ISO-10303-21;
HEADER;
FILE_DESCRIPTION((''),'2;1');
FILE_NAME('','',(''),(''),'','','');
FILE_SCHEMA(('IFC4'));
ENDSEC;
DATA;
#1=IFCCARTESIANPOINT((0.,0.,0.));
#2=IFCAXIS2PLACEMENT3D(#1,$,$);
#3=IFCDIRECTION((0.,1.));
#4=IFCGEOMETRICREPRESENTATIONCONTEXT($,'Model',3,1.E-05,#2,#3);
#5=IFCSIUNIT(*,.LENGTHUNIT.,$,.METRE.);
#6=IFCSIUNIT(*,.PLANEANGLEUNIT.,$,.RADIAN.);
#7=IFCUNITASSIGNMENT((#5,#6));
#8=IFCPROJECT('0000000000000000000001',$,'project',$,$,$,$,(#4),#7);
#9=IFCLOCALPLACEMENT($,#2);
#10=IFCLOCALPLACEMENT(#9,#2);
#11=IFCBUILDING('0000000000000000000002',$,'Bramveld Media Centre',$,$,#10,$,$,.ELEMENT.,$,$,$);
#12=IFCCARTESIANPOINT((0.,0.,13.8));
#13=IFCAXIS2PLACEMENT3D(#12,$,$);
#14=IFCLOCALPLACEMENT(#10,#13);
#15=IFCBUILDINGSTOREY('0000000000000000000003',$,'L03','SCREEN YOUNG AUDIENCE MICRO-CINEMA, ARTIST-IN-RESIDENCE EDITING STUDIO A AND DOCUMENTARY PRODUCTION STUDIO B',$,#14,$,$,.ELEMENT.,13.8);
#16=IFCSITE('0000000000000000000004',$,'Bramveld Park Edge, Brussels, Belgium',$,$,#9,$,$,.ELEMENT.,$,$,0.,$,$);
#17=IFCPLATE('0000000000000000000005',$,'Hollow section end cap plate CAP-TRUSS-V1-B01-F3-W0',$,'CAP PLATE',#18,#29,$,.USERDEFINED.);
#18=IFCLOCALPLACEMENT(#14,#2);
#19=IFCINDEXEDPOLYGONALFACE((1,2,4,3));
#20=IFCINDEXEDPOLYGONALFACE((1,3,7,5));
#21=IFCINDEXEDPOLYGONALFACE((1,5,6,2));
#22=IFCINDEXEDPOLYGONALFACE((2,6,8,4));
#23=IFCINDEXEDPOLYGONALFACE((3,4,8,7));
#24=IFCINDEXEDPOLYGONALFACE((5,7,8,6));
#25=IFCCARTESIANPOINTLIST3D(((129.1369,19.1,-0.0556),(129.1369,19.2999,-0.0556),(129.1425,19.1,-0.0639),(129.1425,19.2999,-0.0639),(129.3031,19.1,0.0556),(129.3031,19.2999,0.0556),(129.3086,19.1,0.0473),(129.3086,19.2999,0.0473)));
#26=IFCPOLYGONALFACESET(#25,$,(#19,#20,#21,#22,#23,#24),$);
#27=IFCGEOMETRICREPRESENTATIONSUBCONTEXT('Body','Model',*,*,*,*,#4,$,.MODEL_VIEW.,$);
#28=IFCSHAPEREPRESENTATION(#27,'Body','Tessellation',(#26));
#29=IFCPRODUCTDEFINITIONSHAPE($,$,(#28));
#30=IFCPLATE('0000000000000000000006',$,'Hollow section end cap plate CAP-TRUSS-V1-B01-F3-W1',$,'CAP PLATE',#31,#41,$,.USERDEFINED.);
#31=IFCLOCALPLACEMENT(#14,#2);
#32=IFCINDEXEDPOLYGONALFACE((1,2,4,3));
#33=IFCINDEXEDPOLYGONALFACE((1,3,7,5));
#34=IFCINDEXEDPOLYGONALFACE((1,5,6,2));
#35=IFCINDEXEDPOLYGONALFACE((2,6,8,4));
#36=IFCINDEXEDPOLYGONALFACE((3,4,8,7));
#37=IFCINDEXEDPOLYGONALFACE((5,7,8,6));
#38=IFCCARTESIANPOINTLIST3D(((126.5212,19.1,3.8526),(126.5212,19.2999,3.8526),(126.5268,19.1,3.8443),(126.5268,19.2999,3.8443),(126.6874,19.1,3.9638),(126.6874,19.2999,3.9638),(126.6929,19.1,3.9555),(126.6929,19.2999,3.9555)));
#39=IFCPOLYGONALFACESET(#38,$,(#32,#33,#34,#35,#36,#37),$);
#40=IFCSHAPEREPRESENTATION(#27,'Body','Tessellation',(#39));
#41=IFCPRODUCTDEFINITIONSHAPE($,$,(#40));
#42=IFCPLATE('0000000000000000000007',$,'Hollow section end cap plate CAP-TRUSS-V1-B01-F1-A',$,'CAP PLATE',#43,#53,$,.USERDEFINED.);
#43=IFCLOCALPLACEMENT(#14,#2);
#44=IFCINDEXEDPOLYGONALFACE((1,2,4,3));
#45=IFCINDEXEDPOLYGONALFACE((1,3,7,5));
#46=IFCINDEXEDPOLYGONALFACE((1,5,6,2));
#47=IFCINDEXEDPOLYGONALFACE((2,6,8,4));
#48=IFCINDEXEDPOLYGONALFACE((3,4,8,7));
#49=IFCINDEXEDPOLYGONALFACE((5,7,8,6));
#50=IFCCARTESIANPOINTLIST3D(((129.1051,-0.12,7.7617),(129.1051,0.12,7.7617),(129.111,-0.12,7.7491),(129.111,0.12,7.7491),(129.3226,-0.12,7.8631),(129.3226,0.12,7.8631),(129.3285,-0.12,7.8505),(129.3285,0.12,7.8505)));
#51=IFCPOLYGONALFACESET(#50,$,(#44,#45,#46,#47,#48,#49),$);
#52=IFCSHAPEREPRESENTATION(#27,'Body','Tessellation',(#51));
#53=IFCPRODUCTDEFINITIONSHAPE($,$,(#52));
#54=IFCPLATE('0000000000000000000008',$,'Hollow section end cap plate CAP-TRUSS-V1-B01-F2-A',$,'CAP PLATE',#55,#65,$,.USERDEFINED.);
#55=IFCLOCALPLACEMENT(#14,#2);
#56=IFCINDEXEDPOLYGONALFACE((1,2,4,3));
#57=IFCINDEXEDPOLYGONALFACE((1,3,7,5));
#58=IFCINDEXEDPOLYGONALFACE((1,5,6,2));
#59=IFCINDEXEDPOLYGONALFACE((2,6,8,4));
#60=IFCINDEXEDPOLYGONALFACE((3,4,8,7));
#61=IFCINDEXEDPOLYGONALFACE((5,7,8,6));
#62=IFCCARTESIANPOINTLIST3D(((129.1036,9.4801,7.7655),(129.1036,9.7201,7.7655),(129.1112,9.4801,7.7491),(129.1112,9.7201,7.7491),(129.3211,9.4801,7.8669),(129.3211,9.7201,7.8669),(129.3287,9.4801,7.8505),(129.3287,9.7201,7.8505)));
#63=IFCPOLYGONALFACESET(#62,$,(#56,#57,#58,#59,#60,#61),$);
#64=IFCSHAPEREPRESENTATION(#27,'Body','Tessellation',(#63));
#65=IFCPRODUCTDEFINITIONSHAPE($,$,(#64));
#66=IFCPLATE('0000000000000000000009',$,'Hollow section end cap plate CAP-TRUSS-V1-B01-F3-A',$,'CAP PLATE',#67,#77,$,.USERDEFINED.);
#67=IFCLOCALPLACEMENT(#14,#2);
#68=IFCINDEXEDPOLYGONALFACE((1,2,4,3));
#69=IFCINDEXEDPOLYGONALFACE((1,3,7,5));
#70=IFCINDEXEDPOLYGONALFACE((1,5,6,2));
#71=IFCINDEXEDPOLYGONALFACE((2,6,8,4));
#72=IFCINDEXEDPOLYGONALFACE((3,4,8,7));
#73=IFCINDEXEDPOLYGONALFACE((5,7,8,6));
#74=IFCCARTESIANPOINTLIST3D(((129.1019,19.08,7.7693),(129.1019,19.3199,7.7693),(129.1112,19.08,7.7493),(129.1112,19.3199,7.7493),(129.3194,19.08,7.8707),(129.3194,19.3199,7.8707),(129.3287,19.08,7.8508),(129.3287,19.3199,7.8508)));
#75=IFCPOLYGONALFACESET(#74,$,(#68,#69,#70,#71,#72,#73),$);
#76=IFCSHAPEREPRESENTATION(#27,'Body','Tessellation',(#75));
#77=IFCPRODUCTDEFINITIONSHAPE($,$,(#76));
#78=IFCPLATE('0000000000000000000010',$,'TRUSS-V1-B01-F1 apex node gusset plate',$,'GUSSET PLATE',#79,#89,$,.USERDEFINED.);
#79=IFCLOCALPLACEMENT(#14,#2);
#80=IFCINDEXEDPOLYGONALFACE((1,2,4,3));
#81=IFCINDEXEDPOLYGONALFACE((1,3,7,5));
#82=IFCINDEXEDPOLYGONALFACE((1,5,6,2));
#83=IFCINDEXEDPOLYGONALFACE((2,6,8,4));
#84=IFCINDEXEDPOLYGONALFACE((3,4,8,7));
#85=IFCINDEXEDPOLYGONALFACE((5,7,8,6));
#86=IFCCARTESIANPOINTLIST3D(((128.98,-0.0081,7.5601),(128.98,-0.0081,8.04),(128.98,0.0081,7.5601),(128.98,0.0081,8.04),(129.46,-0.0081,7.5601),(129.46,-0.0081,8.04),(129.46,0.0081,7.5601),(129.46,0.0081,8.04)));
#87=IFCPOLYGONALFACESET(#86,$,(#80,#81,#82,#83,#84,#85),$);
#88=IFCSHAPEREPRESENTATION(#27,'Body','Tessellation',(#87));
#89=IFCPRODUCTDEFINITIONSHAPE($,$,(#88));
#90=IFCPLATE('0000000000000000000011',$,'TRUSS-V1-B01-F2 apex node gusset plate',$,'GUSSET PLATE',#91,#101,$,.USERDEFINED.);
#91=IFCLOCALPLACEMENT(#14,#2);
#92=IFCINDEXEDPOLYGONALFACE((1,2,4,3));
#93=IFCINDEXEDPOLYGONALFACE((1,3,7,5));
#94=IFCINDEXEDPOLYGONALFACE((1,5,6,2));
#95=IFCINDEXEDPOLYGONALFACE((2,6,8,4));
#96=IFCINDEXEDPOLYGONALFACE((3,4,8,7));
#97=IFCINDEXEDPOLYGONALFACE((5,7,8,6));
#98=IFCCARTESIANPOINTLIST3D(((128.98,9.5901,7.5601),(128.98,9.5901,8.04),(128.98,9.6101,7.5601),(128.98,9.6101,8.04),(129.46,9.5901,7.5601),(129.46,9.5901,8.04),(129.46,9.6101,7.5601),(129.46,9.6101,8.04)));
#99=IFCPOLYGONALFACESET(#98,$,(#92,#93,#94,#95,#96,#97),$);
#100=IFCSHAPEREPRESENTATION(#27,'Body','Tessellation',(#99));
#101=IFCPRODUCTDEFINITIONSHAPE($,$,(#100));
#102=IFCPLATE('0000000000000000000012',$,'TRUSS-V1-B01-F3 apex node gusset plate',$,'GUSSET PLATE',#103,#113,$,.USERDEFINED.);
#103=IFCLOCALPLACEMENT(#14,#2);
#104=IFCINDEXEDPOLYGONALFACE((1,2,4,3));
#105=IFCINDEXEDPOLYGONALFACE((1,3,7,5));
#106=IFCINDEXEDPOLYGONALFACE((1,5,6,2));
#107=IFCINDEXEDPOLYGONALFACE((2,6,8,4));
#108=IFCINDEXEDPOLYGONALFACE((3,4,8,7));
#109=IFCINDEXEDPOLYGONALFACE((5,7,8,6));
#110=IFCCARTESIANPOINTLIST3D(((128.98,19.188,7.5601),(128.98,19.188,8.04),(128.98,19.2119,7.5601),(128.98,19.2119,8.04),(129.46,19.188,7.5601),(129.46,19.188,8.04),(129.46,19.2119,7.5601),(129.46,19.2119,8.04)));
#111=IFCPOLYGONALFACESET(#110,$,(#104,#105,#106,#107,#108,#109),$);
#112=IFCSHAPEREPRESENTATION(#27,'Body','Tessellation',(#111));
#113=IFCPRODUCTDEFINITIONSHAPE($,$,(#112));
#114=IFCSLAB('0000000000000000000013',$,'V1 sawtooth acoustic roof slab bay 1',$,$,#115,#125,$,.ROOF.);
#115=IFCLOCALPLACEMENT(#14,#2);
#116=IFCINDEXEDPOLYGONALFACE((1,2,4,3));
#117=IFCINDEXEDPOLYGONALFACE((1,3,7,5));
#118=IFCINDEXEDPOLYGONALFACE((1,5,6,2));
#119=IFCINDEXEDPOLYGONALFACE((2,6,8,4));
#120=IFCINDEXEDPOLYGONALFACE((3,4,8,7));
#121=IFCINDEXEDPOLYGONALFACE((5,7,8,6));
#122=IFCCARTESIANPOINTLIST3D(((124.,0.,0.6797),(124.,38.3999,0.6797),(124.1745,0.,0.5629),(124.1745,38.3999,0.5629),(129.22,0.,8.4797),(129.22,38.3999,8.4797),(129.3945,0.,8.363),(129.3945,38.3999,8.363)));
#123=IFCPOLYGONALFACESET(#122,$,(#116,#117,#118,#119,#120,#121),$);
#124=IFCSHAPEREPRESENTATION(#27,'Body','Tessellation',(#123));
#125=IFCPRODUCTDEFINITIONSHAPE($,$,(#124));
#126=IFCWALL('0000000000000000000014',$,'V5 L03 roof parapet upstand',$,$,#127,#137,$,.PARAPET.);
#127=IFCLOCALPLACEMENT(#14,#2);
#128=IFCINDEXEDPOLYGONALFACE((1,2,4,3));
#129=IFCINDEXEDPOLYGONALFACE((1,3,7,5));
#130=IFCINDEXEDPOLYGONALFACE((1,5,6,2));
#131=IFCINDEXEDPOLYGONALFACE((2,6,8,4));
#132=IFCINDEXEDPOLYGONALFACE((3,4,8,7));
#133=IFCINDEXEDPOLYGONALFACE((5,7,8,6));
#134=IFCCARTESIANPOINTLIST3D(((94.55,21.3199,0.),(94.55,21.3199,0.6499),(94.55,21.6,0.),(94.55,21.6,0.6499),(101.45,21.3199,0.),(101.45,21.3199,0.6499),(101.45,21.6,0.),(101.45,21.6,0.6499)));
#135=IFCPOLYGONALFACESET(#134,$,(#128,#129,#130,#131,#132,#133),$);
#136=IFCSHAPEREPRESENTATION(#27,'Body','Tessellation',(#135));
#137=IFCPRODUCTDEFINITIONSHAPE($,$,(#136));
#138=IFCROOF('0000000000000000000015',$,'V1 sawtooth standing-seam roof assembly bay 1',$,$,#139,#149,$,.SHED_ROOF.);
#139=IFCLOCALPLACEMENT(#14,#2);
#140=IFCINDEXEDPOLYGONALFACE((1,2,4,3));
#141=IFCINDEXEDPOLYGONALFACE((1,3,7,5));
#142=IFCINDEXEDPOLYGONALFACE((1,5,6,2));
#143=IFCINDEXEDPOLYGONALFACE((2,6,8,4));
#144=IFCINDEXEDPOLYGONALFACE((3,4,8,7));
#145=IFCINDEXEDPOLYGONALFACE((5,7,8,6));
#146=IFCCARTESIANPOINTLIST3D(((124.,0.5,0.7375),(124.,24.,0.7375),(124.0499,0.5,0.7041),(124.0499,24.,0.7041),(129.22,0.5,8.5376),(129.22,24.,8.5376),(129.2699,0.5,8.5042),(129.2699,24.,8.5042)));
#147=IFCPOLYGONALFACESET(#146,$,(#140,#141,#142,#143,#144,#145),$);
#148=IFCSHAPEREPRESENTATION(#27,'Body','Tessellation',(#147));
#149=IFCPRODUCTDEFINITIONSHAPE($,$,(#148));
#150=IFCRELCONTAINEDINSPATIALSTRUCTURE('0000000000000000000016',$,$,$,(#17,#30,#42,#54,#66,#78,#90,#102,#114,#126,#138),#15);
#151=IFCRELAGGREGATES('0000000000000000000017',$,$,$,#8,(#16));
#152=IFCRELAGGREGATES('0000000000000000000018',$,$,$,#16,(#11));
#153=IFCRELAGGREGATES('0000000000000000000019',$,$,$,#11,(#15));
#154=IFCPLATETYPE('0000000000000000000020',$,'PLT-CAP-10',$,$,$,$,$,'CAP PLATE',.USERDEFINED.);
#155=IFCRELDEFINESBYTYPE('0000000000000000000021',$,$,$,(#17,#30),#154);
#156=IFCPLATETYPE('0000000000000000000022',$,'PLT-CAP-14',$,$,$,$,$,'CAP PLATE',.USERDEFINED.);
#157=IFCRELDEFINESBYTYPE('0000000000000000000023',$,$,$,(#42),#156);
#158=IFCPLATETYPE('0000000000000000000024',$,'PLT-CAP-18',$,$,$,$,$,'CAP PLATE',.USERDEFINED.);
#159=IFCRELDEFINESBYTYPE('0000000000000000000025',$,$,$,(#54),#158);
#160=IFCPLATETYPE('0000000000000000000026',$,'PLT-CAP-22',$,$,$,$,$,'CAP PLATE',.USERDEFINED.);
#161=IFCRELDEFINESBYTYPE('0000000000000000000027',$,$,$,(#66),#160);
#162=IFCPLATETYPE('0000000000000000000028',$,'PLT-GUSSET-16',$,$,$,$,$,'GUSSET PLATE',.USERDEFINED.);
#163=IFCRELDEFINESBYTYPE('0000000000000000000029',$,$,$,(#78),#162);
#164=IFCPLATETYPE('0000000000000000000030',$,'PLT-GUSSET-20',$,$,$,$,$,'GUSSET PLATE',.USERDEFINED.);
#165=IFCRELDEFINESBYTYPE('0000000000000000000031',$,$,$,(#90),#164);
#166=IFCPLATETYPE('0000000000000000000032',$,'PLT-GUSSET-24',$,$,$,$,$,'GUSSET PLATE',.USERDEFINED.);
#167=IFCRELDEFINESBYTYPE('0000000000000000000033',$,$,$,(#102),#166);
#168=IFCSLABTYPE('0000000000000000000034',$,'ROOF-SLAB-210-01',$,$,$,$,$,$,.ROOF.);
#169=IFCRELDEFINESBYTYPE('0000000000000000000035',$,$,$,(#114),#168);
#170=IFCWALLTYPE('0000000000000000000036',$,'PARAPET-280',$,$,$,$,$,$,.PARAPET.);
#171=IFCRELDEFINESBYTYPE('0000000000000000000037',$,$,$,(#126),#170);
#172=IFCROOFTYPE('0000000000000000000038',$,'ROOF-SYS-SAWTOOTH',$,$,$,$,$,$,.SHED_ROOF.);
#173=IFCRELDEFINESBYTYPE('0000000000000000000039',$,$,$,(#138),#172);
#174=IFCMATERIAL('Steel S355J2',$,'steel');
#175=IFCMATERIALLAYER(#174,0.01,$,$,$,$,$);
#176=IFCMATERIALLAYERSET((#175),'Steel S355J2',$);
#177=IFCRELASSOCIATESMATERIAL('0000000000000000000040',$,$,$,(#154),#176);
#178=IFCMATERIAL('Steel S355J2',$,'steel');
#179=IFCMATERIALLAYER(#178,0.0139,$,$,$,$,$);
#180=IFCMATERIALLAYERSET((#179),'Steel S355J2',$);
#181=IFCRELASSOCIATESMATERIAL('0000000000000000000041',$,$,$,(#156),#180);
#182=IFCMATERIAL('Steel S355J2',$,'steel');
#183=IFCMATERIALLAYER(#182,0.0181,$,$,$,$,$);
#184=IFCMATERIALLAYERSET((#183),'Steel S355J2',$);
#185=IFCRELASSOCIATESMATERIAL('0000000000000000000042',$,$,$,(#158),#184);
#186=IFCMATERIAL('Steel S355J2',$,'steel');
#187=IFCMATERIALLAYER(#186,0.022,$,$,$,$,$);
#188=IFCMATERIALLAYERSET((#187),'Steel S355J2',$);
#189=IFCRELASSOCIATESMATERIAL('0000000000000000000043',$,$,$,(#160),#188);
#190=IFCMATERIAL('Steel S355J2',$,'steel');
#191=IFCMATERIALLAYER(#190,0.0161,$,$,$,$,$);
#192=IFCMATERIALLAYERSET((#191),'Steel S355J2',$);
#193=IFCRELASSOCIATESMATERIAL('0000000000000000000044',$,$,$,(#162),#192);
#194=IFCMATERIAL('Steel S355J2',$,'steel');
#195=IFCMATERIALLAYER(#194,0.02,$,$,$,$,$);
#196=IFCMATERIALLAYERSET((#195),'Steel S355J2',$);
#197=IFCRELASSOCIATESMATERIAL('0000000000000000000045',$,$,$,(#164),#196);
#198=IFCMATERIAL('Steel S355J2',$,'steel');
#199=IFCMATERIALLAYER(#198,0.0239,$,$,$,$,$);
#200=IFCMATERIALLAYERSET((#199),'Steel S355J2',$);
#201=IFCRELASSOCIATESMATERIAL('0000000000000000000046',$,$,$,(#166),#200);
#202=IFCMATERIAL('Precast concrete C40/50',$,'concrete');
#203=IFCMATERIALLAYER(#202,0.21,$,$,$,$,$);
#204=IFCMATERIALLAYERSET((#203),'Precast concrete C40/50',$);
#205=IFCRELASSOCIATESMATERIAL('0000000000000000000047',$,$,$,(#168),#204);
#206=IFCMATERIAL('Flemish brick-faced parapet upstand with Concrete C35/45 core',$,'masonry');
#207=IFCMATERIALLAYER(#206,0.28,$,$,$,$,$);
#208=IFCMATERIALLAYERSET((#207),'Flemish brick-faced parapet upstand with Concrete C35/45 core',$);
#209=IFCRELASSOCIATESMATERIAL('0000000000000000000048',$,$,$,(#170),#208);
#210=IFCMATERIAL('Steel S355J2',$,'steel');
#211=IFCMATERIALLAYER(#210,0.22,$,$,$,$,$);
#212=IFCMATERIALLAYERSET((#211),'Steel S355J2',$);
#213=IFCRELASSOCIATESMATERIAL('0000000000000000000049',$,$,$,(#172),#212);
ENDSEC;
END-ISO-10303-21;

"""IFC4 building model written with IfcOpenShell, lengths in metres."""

from ifc_helpers import new_model, si_unit, direction, frame, frame_2d, origin, origin_2d, place, context, subcontext, project, spatial, polyline, rectangle, outline, extrude, material, layer, layer_set, type_object, element, save


model = new_model("IFC4")

# Units and contexts
model_context = context("Model", 3, precision=1e-05, world=origin(), true_north=direction((0.0, 1.0)))
body_context = subcontext(model_context, "Body", "Model", "MODEL_VIEW")
ifc_project = project(units=[si_unit("LENGTHUNIT", "METRE"), si_unit("PLANEANGLEUNIT", "RADIAN")], contexts=[model_context])

# Site, building, storey
site_placement = place(None, origin())
site = spatial("IfcSite", under=ifc_project, at=site_placement, Name="Bramveld Park Edge, Brussels, Belgium", CompositionType="ELEMENT", RefElevation=0.0)
building_placement = place(site_placement, origin())
building = spatial("IfcBuilding", under=site, at=building_placement, Name="Bramveld Media Centre", CompositionType="ELEMENT")
storey_placement = place(building_placement, frame((0.0, 0.0, 13.8)))
storey = spatial("IfcBuildingStorey", under=building, at=storey_placement, Name="L03", Description="SCREEN YOUNG AUDIENCE MICRO-CINEMA, ARTIST-IN-RESIDENCE EDITING STUDIO A AND DOCUMENTARY PRODUCTION STUDIO B", CompositionType="ELEMENT", Elevation=13.8)

# Plates
ifc_material_1 = material(Name="Steel S355J2", Category="steel")
ifc_layer_1 = layer(ifc_material_1, 0.01)
ifc_layer_set_1 = layer_set([ifc_layer_1], Name="Steel S355J2")
plate_type_1 = type_object("IfcPlateType", Name="PLT-CAP-10", ElementType="CAP PLATE", PredefinedType="USERDEFINED", material=ifc_layer_set_1)
for number, where, z_axis, x_axis, name in (
    (1, (129.22, 19.2, 0.0), (0.556175, 0.0, -0.831065), (0.0, 1.0, 0.0), "Hollow section end cap plate CAP-TRUSS-V1-B01-F3-W0"),
    (2, (126.6099, 19.2, 3.8999), (-0.556175, 0.0, 0.831065), (0.0, -1.0, 0.0), "Hollow section end cap plate CAP-TRUSS-V1-B01-F3-W1"),
):
    element("IfcPlate", number, at=place(storey_placement, frame(where, z_axis=z_axis, x_axis=x_axis)), inside=storey, type_object=plate_type_1, Name=name, ObjectType="CAP PLATE", PredefinedType="USERDEFINED", context=body_context, shape_type="SweptSolid", body=[
        extrude(rectangle(XDim=0.2, YDim=0.2, at=origin_2d()), origin(), (0.0, 0.0, 1.0), 0.01),
    ])
ifc_material_2 = material(Name="Steel S355J2", Category="steel")
ifc_layer_2 = layer(ifc_material_2, 0.0139)
ifc_layer_set_2 = layer_set([ifc_layer_2], Name="Steel S355J2")
plate_type_2 = type_object("IfcPlateType", Name="PLT-CAP-14", ElementType="CAP PLATE", PredefinedType="USERDEFINED", material=ifc_layer_set_2)
plate_1_placement = place(storey_placement, frame((129.2197, 0.0, 7.7998), z_axis=(-0.422618, 0.0, 0.906308), x_axis=(0.0, -1.0, 0.0)))
element("IfcPlate", 3, at=plate_1_placement, inside=storey, type_object=plate_type_2, Name="Hollow section end cap plate CAP-TRUSS-V1-B01-F1-A", ObjectType="CAP PLATE", PredefinedType="USERDEFINED", context=body_context, shape_type="SweptSolid", body=[
    extrude(rectangle(XDim=0.24, YDim=0.24, at=origin_2d()), origin(), (0.0, 0.0, 1.0), 0.0139),
])
ifc_material_3 = material(Name="Steel S355J2", Category="steel")
ifc_layer_3 = layer(ifc_material_3, 0.0181)
ifc_layer_set_3 = layer_set([ifc_layer_3], Name="Steel S355J2")
plate_type_3 = type_object("IfcPlateType", Name="PLT-CAP-18", ElementType="CAP PLATE", PredefinedType="USERDEFINED", material=ifc_layer_set_3)
plate_2_placement = place(storey_placement, frame((129.22, 9.6001, 7.7998), z_axis=(-0.422618, 0.0, 0.906308), x_axis=(0.0, -1.0, 0.0)))
element("IfcPlate", 4, at=plate_2_placement, inside=storey, type_object=plate_type_3, Name="Hollow section end cap plate CAP-TRUSS-V1-B01-F2-A", ObjectType="CAP PLATE", PredefinedType="USERDEFINED", context=body_context, shape_type="SweptSolid", body=[
    extrude(rectangle(XDim=0.24, YDim=0.24, at=origin_2d()), origin(), (0.0, 0.0, 1.0), 0.0181),
])
ifc_material_4 = material(Name="Steel S355J2", Category="steel")
ifc_layer_4 = layer(ifc_material_4, 0.022)
ifc_layer_set_4 = layer_set([ifc_layer_4], Name="Steel S355J2")
plate_type_4 = type_object("IfcPlateType", Name="PLT-CAP-22", ElementType="CAP PLATE", PredefinedType="USERDEFINED", material=ifc_layer_set_4)
plate_3_placement = place(storey_placement, frame((129.22, 19.2, 7.8), z_axis=(-0.422618, 0.0, 0.906308), x_axis=(0.0, -1.0, 0.0)))
element("IfcPlate", 5, at=plate_3_placement, inside=storey, type_object=plate_type_4, Name="Hollow section end cap plate CAP-TRUSS-V1-B01-F3-A", ObjectType="CAP PLATE", PredefinedType="USERDEFINED", context=body_context, shape_type="SweptSolid", body=[
    extrude(rectangle(XDim=0.24, YDim=0.24, at=origin_2d()), origin(), (0.0, 0.0, 1.0), 0.022),
])
ifc_material_5 = material(Name="Steel S355J2", Category="steel")
ifc_layer_5 = layer(ifc_material_5, 0.0161)
ifc_layer_set_5 = layer_set([ifc_layer_5], Name="Steel S355J2")
plate_type_5 = type_object("IfcPlateType", Name="PLT-GUSSET-16", ElementType="GUSSET PLATE", PredefinedType="USERDEFINED", material=ifc_layer_set_5)
plate_4_placement = place(storey_placement, frame((129.22, 0.0, 7.5601), z_axis=(0.0, 0.0, 1.0), x_axis=(1.0, 0.0, 0.0)))
element("IfcPlate", 6, at=plate_4_placement, inside=storey, type_object=plate_type_5, Name="TRUSS-V1-B01-F1 apex node gusset plate", ObjectType="GUSSET PLATE", PredefinedType="USERDEFINED", context=body_context, shape_type="SweptSolid", body=[
    extrude(rectangle(XDim=0.48, YDim=0.0161, at=origin_2d()), origin(), (0.0, 0.0, 1.0), 0.48),
])
ifc_material_6 = material(Name="Steel S355J2", Category="steel")
ifc_layer_6 = layer(ifc_material_6, 0.02)
ifc_layer_set_6 = layer_set([ifc_layer_6], Name="Steel S355J2")
plate_type_6 = type_object("IfcPlateType", Name="PLT-GUSSET-20", ElementType="GUSSET PLATE", PredefinedType="USERDEFINED", material=ifc_layer_set_6)
plate_5_placement = place(storey_placement, frame((129.22, 9.6001, 7.5601), z_axis=(0.0, 0.0, 1.0), x_axis=(1.0, 0.0, 0.0)))
element("IfcPlate", 7, at=plate_5_placement, inside=storey, type_object=plate_type_6, Name="TRUSS-V1-B01-F2 apex node gusset plate", ObjectType="GUSSET PLATE", PredefinedType="USERDEFINED", context=body_context, shape_type="SweptSolid", body=[
    extrude(rectangle(XDim=0.48, YDim=0.02, at=origin_2d()), origin(), (0.0, 0.0, 1.0), 0.48),
])
ifc_material_7 = material(Name="Steel S355J2", Category="steel")
ifc_layer_7 = layer(ifc_material_7, 0.0239)
ifc_layer_set_7 = layer_set([ifc_layer_7], Name="Steel S355J2")
plate_type_7 = type_object("IfcPlateType", Name="PLT-GUSSET-24", ElementType="GUSSET PLATE", PredefinedType="USERDEFINED", material=ifc_layer_set_7)
plate_6_placement = place(storey_placement, frame((129.22, 19.2, 7.5601), z_axis=(0.0, 0.0, 1.0), x_axis=(1.0, 0.0, 0.0)))
element("IfcPlate", 8, at=plate_6_placement, inside=storey, type_object=plate_type_7, Name="TRUSS-V1-B01-F3 apex node gusset plate", ObjectType="GUSSET PLATE", PredefinedType="USERDEFINED", context=body_context, shape_type="SweptSolid", body=[
    extrude(rectangle(XDim=0.48, YDim=0.0239, at=origin_2d()), origin(), (0.0, 0.0, 1.0), 0.48),
])

# Slab
ifc_material_8 = material(Name="Precast concrete C40/50", Category="concrete")
ifc_layer_8 = layer(ifc_material_8, 0.21)
ifc_layer_set_8 = layer_set([ifc_layer_8], Name="Precast concrete C40/50")
slab_type = type_object("IfcSlabType", Name="ROOF-SLAB-210-01", PredefinedType="ROOF", material=ifc_layer_set_8)
slab_placement = place(storey_placement, frame((124.0, 0.0, 0.6797), z_axis=(-0.831069, 0.0, 0.55617), x_axis=(0.55617, 0.0, 0.831069)))
element("IfcSlab", 9, at=slab_placement, inside=storey, type_object=slab_type, Name="V1 sawtooth acoustic roof slab bay 1", PredefinedType="ROOF", context=body_context, shape_type="SweptSolid", body=[
    extrude(outline(polyline([(0.0, 0.0), (9.3856, 0.0), (9.3856, 38.3999), (0.0, 38.3999), (0.0, 0.0)])), origin(), (0.0, 0.0, -1.0), 0.21),
])

# Wall
ifc_material_9 = material(Name="Flemish brick-faced parapet upstand with Concrete C35/45 core", Category="masonry")
ifc_layer_9 = layer(ifc_material_9, 0.28)
ifc_layer_set_9 = layer_set([ifc_layer_9], Name="Flemish brick-faced parapet upstand with Concrete C35/45 core")
wall_type = type_object("IfcWallType", Name="PARAPET-280", PredefinedType="PARAPET", material=ifc_layer_set_9)
wall_placement = place(storey_placement, frame((94.55, 21.46, 0.0), z_axis=(0.0, 0.0, 1.0), x_axis=(1.0, 0.0, 0.0)))
element("IfcWall", 10, at=wall_placement, inside=storey, type_object=wall_type, Name="V5 L03 roof parapet upstand", PredefinedType="PARAPET", context=body_context, shape_type="SweptSolid", body=[
    extrude(rectangle(XDim=6.8999, YDim=0.28, at=frame_2d((3.45, 0.0))), origin(), (0.0, 0.0, 1.0), 0.6499),
])

# Roof
ifc_material_10 = material(Name="Steel S355J2", Category="steel")
ifc_layer_10 = layer(ifc_material_10, 0.22)
ifc_layer_set_10 = layer_set([ifc_layer_10], Name="Steel S355J2")
roof_type = type_object("IfcRoofType", Name="ROOF-SYS-SAWTOOTH", PredefinedType="SHED_ROOF", material=ifc_layer_set_10)
roof_placement = place(storey_placement, frame((124.0, 0.5, 0.7375), z_axis=(-0.831069, 0.0, 0.55617), x_axis=(0.55617, 0.0, 0.831069)))
element("IfcRoof", 11, at=roof_placement, inside=storey, type_object=roof_type, Name="V1 sawtooth standing-seam roof assembly bay 1", PredefinedType="SHED_ROOF", context=body_context, shape_type="SweptSolid", body=[
    extrude(outline(polyline([(0.0, 0.0), (9.3856, 0.0), (9.3856, 23.5), (0.0, 23.5), (0.0, 0.0)])), origin(), (0.0, 0.0, -1.0), 0.0601),
])

save(model, "model.ifc")
